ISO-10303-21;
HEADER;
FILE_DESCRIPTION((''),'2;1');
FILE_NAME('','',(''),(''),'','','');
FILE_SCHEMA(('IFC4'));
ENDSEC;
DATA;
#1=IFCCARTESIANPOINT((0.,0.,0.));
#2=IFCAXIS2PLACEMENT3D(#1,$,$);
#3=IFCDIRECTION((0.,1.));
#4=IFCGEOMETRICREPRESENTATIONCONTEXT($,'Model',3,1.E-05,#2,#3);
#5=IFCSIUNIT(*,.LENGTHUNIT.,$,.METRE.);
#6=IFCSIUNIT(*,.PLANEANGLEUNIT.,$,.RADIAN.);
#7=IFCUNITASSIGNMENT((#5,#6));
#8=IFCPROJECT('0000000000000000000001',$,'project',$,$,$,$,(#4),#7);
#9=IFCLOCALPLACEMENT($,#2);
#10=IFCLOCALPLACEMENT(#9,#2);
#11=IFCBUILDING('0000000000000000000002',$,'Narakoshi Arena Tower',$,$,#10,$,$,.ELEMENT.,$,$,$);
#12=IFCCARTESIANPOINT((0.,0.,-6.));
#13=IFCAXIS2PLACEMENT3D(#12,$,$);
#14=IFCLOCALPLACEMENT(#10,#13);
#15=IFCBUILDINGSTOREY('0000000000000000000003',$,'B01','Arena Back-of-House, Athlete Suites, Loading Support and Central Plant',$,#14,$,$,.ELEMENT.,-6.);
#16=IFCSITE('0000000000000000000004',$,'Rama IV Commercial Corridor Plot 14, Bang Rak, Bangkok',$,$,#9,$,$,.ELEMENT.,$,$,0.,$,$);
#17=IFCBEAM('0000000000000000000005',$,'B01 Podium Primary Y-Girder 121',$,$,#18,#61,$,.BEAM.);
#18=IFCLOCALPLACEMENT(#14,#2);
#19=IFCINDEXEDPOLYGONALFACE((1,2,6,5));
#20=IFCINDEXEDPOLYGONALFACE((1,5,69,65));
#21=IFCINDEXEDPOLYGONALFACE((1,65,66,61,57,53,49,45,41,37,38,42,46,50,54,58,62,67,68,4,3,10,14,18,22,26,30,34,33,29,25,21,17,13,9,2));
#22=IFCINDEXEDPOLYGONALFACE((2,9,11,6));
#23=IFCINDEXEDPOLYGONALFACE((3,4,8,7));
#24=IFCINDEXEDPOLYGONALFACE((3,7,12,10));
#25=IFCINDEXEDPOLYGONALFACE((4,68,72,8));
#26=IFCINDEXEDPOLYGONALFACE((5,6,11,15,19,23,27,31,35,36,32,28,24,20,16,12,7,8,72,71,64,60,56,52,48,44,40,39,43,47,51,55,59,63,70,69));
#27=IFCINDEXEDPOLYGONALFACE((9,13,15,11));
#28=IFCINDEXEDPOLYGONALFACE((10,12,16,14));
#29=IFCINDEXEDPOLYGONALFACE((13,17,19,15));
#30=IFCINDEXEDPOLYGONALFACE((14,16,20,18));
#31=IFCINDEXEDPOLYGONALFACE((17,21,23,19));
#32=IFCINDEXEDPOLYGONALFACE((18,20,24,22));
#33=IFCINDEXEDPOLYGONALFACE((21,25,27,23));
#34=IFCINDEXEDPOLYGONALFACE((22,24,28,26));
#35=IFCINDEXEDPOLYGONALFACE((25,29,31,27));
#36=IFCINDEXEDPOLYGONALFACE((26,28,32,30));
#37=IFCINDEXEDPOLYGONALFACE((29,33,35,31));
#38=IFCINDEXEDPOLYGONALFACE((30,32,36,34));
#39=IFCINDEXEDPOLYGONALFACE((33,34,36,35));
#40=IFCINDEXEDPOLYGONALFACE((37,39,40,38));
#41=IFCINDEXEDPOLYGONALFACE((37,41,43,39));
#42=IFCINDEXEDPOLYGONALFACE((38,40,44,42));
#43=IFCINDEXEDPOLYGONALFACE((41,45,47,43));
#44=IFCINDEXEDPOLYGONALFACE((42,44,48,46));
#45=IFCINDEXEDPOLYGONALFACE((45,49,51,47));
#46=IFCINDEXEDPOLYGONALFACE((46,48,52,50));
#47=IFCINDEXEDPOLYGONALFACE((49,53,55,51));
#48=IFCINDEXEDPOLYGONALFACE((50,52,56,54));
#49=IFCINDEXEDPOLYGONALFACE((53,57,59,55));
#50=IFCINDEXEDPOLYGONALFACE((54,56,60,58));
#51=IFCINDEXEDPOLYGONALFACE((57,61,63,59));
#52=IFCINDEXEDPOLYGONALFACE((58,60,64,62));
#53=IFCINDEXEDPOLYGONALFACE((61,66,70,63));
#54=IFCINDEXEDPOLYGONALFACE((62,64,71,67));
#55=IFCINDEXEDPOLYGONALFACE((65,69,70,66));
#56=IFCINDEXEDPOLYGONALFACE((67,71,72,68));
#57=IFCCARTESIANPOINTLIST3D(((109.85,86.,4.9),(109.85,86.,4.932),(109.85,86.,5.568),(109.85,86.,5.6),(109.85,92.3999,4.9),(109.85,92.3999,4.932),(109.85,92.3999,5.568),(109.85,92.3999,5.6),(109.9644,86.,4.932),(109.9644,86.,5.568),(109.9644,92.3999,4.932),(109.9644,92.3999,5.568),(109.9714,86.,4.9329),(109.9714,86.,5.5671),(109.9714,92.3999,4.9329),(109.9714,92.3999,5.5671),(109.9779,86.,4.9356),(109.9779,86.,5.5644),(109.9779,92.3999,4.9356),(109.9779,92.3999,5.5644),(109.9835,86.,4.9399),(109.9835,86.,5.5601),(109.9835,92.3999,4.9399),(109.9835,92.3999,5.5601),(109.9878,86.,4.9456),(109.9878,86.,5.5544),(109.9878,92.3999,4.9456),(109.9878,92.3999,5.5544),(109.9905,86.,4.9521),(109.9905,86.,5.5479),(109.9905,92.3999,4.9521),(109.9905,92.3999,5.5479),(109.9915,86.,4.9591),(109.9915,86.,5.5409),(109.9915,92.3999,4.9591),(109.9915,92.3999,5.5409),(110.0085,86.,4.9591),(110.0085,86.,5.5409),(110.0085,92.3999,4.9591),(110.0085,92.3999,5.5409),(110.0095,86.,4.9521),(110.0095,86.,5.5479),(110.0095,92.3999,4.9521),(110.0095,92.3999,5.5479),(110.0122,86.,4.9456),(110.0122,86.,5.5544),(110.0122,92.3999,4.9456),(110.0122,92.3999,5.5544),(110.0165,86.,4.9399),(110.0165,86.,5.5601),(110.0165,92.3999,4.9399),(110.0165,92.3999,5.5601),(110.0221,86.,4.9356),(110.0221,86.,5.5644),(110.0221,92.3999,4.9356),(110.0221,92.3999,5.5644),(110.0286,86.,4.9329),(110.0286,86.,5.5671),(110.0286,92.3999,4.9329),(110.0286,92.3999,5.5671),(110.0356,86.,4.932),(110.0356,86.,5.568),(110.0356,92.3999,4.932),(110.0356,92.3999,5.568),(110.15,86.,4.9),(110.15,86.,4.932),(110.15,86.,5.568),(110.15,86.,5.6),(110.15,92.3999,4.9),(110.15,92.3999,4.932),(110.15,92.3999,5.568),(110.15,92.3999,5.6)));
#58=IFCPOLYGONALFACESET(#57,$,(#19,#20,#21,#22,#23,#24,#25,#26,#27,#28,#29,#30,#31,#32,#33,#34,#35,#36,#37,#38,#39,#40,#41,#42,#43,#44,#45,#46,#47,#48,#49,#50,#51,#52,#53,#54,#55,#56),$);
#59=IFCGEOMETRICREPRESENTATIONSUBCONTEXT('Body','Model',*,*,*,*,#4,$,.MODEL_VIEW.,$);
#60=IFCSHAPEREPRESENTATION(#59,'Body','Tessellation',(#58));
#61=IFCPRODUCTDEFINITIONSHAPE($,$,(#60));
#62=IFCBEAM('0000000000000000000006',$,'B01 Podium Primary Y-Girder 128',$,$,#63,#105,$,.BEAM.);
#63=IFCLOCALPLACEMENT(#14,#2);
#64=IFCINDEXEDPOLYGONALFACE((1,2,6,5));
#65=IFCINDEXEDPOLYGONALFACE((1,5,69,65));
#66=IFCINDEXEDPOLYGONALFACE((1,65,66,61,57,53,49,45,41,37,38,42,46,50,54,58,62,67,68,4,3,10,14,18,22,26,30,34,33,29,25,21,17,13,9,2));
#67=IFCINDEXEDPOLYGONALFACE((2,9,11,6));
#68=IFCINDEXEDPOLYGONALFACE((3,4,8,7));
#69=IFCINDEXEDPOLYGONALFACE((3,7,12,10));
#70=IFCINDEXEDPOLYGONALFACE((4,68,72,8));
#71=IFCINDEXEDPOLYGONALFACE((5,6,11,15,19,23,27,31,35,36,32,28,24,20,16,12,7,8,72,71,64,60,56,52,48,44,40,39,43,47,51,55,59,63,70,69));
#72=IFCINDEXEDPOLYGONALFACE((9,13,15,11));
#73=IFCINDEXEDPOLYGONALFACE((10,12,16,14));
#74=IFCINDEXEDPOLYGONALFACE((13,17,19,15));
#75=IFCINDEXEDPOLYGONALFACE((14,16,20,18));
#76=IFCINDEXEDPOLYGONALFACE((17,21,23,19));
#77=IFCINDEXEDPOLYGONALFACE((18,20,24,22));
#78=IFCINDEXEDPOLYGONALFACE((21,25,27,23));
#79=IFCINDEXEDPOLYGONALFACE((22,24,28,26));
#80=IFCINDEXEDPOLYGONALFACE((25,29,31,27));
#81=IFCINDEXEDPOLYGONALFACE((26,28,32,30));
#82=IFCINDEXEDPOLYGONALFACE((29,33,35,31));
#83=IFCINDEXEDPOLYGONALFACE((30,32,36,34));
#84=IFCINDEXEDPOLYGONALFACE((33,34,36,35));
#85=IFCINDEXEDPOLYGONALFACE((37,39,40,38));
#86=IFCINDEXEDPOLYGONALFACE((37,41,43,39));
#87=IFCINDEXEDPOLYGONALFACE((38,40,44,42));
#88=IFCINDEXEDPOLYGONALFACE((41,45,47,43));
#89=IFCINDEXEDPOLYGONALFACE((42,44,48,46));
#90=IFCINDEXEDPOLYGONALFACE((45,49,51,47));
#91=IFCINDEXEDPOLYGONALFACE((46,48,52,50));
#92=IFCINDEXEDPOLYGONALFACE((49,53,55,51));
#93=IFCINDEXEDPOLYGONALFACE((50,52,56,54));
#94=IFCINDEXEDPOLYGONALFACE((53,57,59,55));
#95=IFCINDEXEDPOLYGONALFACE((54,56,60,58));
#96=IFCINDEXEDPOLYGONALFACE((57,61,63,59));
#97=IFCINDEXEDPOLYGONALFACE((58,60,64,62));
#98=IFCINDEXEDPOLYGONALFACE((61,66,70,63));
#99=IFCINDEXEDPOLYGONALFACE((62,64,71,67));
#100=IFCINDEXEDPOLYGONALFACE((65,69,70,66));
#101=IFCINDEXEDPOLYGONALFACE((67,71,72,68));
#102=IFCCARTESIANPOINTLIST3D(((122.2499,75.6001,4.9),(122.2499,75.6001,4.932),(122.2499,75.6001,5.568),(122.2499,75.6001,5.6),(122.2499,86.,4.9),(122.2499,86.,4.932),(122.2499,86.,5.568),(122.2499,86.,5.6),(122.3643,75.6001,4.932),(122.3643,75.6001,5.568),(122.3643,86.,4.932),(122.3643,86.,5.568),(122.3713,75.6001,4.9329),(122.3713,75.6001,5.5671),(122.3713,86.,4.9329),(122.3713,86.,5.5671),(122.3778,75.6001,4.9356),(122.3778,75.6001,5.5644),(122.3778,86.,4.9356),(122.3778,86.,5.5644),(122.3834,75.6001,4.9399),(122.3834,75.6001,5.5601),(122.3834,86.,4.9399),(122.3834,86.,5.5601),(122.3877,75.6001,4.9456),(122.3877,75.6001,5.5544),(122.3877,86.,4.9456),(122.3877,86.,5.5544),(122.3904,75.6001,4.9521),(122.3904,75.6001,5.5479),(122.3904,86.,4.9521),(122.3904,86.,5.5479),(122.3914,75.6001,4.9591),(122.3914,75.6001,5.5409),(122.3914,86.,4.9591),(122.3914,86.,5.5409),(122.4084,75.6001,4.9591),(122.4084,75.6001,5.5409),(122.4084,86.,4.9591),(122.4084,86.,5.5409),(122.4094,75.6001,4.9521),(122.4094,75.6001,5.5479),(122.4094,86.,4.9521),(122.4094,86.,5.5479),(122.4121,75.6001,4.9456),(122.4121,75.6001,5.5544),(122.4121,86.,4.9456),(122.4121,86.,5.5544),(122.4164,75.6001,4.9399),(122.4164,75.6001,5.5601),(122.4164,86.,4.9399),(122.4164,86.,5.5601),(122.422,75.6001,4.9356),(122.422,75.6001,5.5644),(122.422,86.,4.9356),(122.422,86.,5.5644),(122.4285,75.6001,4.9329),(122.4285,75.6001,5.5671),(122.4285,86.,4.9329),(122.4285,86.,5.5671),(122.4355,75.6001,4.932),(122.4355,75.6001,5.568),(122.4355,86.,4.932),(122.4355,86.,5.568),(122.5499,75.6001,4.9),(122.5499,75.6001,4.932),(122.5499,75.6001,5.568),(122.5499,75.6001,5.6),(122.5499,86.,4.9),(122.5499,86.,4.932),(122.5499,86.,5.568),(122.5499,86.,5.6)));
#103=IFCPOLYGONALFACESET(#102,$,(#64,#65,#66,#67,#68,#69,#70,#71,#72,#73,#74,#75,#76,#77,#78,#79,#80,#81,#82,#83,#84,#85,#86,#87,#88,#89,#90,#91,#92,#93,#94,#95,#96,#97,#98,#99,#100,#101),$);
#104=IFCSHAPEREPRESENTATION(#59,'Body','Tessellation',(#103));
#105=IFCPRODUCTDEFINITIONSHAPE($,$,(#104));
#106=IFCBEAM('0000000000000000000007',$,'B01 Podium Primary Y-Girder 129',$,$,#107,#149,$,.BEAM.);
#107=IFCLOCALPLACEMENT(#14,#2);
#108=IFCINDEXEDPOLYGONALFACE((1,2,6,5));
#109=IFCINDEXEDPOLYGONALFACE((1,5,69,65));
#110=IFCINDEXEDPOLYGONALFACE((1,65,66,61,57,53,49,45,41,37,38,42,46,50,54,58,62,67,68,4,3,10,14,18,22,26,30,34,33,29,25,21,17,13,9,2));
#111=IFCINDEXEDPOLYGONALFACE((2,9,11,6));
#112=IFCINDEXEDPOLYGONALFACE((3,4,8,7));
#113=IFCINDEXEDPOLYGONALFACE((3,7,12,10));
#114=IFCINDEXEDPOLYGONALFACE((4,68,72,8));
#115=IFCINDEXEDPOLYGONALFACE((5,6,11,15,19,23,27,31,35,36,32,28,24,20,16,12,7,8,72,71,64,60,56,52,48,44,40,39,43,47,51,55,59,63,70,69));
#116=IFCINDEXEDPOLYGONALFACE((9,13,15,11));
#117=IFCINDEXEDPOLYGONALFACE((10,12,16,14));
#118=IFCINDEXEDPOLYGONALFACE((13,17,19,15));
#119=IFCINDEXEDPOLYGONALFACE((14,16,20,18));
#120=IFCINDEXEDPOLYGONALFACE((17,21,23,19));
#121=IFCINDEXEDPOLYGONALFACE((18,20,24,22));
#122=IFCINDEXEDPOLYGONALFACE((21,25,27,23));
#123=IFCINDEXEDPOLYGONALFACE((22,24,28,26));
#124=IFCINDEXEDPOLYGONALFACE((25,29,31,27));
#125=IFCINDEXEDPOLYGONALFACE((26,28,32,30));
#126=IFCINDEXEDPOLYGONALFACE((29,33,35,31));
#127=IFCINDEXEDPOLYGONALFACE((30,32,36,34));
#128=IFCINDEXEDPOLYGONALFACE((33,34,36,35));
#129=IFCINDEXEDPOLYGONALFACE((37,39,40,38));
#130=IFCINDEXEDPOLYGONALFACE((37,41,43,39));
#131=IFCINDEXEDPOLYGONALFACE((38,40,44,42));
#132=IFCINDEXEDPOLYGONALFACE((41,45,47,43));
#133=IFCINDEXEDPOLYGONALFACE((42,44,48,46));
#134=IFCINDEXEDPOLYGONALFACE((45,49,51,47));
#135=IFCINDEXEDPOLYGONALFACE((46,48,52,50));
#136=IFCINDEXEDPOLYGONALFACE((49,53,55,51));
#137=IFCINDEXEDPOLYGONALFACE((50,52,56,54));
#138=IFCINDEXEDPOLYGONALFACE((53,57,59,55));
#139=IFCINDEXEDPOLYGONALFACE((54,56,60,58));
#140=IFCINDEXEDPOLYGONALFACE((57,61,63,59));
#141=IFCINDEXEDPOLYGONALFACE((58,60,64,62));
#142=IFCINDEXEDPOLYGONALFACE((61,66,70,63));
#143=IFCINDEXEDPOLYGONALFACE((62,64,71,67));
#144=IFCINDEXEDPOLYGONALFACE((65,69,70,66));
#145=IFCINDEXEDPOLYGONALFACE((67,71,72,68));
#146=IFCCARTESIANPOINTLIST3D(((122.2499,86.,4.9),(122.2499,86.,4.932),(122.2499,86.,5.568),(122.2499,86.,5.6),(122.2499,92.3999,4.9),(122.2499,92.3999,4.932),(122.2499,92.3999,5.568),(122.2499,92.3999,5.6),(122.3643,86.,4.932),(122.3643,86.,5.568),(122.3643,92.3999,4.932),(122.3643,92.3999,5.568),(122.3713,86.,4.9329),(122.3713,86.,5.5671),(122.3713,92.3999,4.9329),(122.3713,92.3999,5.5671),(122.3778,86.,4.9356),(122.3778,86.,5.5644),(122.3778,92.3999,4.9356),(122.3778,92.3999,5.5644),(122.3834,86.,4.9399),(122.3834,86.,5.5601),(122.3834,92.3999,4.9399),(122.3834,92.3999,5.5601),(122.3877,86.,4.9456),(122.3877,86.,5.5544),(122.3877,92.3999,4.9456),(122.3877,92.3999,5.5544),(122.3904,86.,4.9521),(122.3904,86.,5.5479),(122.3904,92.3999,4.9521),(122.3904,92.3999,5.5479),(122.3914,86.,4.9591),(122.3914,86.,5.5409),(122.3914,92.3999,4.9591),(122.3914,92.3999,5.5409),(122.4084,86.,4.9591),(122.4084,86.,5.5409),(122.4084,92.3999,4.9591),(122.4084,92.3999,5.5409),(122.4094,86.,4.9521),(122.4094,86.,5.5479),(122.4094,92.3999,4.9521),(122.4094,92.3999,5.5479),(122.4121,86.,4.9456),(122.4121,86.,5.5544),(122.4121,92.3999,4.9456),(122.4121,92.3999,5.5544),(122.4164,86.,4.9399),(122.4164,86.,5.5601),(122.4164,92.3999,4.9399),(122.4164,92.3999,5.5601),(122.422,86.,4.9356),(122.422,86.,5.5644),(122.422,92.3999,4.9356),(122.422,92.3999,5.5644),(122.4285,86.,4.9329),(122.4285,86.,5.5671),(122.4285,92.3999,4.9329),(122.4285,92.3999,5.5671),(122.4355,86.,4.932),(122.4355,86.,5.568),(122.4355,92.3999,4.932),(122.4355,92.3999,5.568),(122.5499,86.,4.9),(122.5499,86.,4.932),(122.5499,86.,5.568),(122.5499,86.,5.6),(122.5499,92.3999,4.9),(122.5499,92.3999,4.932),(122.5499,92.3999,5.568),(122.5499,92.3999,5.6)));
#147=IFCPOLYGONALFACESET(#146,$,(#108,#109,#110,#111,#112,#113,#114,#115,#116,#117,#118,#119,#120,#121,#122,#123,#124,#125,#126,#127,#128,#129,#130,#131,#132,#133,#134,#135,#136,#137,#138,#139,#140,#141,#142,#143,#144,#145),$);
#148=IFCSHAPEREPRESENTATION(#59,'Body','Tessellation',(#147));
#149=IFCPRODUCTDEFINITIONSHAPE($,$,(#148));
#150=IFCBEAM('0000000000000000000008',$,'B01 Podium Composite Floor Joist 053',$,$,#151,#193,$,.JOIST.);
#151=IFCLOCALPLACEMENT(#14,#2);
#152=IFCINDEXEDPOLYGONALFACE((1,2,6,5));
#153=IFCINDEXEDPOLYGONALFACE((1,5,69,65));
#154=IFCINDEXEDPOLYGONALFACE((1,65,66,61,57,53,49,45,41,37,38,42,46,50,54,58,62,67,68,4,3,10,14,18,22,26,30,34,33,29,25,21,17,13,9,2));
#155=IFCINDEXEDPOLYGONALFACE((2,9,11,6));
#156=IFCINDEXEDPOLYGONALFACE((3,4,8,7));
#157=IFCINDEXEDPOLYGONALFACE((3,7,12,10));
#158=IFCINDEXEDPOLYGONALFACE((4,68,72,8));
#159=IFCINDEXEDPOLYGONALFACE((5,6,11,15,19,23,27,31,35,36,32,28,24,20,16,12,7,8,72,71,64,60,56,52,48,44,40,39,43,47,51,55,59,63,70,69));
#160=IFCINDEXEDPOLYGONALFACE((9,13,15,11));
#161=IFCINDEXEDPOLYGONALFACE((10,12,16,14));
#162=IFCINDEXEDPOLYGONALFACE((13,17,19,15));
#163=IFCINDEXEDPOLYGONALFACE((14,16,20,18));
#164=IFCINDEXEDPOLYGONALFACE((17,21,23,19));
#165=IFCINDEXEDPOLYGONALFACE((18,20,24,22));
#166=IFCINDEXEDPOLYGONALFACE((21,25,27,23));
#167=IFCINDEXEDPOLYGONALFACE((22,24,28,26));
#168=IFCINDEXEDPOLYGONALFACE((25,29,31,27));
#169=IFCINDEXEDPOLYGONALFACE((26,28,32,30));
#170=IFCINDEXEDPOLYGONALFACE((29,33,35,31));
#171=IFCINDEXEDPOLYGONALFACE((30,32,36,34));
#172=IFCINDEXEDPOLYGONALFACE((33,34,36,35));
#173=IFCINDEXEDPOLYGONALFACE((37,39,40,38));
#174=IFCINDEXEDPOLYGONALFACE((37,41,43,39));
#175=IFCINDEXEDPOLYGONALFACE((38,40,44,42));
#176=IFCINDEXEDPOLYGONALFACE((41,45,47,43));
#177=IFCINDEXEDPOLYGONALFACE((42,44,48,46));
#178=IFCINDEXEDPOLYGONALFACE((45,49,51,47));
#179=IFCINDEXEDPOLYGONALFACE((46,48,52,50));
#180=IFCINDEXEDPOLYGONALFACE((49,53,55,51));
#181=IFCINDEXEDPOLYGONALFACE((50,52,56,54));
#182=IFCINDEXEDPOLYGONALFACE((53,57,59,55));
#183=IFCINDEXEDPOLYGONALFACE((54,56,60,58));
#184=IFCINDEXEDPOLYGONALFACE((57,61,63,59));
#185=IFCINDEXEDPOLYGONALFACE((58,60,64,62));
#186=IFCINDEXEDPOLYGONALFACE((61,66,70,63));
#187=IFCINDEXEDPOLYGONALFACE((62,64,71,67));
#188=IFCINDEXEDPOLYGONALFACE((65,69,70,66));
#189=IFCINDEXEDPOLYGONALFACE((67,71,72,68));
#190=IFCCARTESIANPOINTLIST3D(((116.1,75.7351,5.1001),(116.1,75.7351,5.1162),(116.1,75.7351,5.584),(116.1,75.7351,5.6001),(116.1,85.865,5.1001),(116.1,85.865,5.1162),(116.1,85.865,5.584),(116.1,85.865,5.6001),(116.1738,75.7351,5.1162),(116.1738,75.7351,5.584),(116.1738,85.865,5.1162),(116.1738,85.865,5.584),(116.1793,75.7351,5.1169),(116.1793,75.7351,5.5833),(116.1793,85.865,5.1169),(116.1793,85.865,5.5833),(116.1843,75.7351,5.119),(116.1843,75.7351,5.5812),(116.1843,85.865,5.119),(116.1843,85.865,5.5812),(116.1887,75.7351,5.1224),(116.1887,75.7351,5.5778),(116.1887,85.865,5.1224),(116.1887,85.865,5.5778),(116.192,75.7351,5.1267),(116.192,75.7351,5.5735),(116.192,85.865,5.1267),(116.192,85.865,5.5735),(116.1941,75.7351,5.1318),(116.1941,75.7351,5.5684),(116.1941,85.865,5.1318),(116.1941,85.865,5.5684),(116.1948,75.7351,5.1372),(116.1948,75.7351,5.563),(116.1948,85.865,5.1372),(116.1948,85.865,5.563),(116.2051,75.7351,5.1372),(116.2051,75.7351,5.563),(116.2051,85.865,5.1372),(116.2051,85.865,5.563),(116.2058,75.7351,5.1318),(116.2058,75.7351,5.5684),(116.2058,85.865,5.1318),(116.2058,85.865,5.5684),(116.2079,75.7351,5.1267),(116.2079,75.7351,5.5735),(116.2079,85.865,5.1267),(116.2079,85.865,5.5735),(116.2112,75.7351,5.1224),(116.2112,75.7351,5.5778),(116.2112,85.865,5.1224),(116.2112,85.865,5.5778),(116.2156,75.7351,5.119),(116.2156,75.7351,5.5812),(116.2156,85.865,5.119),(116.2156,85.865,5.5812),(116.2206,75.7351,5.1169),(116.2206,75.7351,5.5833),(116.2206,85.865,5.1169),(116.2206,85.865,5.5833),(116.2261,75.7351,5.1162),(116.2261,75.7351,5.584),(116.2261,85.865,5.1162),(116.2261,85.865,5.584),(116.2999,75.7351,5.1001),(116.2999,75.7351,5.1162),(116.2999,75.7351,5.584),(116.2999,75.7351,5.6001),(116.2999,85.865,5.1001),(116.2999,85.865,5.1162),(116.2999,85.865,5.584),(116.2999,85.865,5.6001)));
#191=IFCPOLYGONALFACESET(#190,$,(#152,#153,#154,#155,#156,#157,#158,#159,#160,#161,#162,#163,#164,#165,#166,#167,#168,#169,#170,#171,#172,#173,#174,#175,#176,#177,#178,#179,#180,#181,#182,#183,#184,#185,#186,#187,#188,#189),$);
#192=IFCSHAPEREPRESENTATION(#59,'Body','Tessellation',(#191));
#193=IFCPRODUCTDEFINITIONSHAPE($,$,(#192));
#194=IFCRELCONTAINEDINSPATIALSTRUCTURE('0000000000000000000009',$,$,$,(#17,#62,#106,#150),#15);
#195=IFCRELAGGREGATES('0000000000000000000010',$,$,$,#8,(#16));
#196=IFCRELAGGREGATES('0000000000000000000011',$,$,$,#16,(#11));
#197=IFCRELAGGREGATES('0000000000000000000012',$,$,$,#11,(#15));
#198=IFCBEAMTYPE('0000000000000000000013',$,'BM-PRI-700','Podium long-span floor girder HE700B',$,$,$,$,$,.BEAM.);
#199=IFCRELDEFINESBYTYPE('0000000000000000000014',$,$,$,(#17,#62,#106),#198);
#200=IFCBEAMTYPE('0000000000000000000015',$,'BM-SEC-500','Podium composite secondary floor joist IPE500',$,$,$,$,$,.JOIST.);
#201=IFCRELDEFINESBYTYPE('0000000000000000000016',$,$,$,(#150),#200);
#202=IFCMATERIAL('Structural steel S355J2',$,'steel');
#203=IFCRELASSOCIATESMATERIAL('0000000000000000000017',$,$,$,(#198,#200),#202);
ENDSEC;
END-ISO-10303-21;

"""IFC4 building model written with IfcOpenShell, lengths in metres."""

from ifc_helpers import new_model, si_unit, direction, frame, origin, origin_2d, place, context, subcontext, project, spatial, i_section, extrude, material, material_profile, profile_set, type_object, element, save


model = new_model("IFC4")

# Units and contexts
model_context = context("Model", 3, precision=1e-05, world=origin(), true_north=direction((0.0, 1.0)))
body_context = subcontext(model_context, "Body", "Model", "MODEL_VIEW")
ifc_project = project(units=[si_unit("LENGTHUNIT", "METRE"), si_unit("PLANEANGLEUNIT", "RADIAN")], contexts=[model_context])

# Site, building, storey
site_placement = place(None, origin())
site = spatial("IfcSite", under=ifc_project, at=site_placement, Name="Rama IV Commercial Corridor Plot 14, Bang Rak, Bangkok", CompositionType="ELEMENT", RefElevation=0.0)
building_placement = place(site_placement, origin())
building = spatial("IfcBuilding", under=site, at=building_placement, Name="Narakoshi Arena Tower", CompositionType="ELEMENT")
storey_placement = place(building_placement, frame((0.0, 0.0, -6.0)))
storey = spatial("IfcBuildingStorey", under=building, at=storey_placement, Name="B01", Description="Arena Back-of-House, Athlete Suites, Loading Support and Central Plant", CompositionType="ELEMENT", Elevation=-6.0)

# Beams
ifc_material_1 = material(Name="Structural steel S355J2", Category="steel")
ifc_material_profile_1 = material_profile(ifc_material_1, i_section(OverallWidth=0.3, OverallDepth=0.7, WebThickness=0.0171, FlangeThickness=0.032, FilletRadius=0.0271, at=origin_2d()), Name="HE700B")
ifc_profile_set_1 = profile_set([ifc_material_profile_1], Name="Structural steel S355J2")
beam_type_1 = type_object("IfcBeamType", Name="BM-PRI-700", Description="Podium long-span floor girder HE700B", PredefinedType="BEAM", material=ifc_profile_set_1)
beam_1_placement = place(storey_placement, frame((110.0, 86.0, 5.25), z_axis=(0.0, 1.0, 0.0), x_axis=(-1.0, 0.0, 0.0)))
element("IfcBeam", 1, at=beam_1_placement, inside=storey, type_object=beam_type_1, Name="B01 Podium Primary Y-Girder 121", PredefinedType="BEAM", context=body_context, shape_type="SweptSolid", body=[
    extrude(i_section(OverallWidth=0.3, OverallDepth=0.7, WebThickness=0.0171, FlangeThickness=0.032, FilletRadius=0.0271, at=origin_2d()), origin(), (0.0, 0.0, 1.0), 6.3999),
])
beam_2_placement = place(storey_placement, frame((122.3999, 75.6001, 5.25), z_axis=(0.0, 1.0, 0.0), x_axis=(-1.0, 0.0, 0.0)))
element("IfcBeam", 2, at=beam_2_placement, inside=storey, type_object=beam_type_1, Name="B01 Podium Primary Y-Girder 128", PredefinedType="BEAM", context=body_context, shape_type="SweptSolid", body=[
    extrude(i_section(OverallWidth=0.3, OverallDepth=0.7, WebThickness=0.0171, FlangeThickness=0.032, FilletRadius=0.0271, at=origin_2d()), origin(), (0.0, 0.0, 1.0), 10.3999),
])
beam_3_placement = place(storey_placement, frame((122.3999, 86.0, 5.25), z_axis=(0.0, 1.0, 0.0), x_axis=(-1.0, 0.0, 0.0)))
element("IfcBeam", 3, at=beam_3_placement, inside=storey, type_object=beam_type_1, Name="B01 Podium Primary Y-Girder 129", PredefinedType="BEAM", context=body_context, shape_type="SweptSolid", body=[
    extrude(i_section(OverallWidth=0.3, OverallDepth=0.7, WebThickness=0.0171, FlangeThickness=0.032, FilletRadius=0.0271, at=origin_2d()), origin(), (0.0, 0.0, 1.0), 6.3999),
])
ifc_material_profile_2 = material_profile(ifc_material_1, i_section(OverallWidth=0.2, OverallDepth=0.5, WebThickness=0.0103, FlangeThickness=0.0161, FilletRadius=0.021, at=origin_2d()), Name="IPE500")
ifc_profile_set_2 = profile_set([ifc_material_profile_2], Name="Structural steel S355J2")
beam_type_2 = type_object("IfcBeamType", Name="BM-SEC-500", Description="Podium composite secondary floor joist IPE500", PredefinedType="JOIST", material=ifc_profile_set_2)
beam_4_placement = place(storey_placement, frame((116.2, 75.7351, 5.3501), z_axis=(0.0, 1.0, 0.0), x_axis=(-1.0, 0.0, 0.0)))
element("IfcBeam", 4, at=beam_4_placement, inside=storey, type_object=beam_type_2, Name="B01 Podium Composite Floor Joist 053", PredefinedType="JOIST", context=body_context, shape_type="SweptSolid", body=[
    extrude(i_section(OverallWidth=0.2, OverallDepth=0.5, WebThickness=0.0103, FlangeThickness=0.0161, FilletRadius=0.021, at=origin_2d()), origin(), (0.0, 0.0, 1.0), 10.1299),
])

save(model, "model.ifc")
